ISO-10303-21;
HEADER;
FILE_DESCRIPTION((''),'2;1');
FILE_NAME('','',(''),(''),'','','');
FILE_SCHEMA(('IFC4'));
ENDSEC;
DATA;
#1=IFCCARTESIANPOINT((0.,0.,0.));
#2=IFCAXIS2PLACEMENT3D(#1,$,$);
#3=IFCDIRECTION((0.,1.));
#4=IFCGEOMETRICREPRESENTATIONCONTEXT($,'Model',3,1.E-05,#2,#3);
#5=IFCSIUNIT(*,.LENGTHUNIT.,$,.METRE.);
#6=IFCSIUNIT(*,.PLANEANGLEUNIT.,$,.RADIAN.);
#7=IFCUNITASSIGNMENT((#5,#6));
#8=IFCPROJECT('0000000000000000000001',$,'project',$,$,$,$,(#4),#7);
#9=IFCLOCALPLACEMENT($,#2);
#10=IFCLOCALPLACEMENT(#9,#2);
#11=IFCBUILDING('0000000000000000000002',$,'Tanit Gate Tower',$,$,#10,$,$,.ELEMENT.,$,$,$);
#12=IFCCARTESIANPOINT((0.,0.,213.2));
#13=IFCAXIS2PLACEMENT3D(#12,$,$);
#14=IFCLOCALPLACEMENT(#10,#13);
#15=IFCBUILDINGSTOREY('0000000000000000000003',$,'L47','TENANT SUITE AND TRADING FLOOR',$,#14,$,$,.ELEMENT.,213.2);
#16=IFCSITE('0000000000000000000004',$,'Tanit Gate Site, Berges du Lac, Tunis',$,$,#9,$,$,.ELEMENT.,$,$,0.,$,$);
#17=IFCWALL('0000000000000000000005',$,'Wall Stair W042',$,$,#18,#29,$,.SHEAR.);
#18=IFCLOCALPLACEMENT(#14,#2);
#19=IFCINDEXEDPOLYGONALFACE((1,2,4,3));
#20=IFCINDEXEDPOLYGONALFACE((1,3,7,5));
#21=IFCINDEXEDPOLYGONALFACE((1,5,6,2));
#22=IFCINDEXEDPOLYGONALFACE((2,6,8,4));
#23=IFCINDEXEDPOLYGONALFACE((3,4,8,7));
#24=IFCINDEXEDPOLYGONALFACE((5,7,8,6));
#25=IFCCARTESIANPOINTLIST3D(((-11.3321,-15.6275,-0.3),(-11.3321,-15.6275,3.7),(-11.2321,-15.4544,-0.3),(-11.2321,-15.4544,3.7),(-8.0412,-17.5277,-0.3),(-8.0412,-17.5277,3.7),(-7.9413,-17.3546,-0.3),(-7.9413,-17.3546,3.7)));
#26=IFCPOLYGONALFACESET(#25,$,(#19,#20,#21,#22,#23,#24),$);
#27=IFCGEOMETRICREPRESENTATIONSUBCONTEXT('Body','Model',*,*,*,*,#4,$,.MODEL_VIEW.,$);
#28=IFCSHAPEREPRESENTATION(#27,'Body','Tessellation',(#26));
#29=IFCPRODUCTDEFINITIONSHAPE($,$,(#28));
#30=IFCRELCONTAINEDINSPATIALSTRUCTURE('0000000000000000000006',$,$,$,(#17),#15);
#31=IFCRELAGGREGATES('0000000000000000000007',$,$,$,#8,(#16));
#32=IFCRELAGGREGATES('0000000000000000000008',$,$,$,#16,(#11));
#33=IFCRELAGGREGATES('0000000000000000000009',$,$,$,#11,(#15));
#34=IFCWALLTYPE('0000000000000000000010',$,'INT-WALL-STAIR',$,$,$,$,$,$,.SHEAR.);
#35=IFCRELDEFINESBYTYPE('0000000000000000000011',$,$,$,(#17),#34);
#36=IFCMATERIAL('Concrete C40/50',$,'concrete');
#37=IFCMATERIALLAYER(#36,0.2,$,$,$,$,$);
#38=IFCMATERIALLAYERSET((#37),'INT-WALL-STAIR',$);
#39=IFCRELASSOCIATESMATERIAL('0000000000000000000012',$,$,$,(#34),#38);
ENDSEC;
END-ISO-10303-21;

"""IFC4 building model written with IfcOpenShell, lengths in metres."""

from ifc_helpers import new_model, si_unit, direction, frame, frame_2d, origin, place, context, subcontext, project, spatial, rectangle, extrude, material, layer, layer_set, type_object, element, save


model = new_model("IFC4")

# Units and contexts
model_context = context("Model", 3, precision=1e-05, world=origin(), true_north=direction((0.0, 1.0)))
body_context = subcontext(model_context, "Body", "Model", "MODEL_VIEW")
ifc_project = project(units=[si_unit("LENGTHUNIT", "METRE"), si_unit("PLANEANGLEUNIT", "RADIAN")], contexts=[model_context])

# Site, building, storey
site_placement = place(None, origin())
site = spatial("IfcSite", under=ifc_project, at=site_placement, Name="Tanit Gate Site, Berges du Lac, Tunis", CompositionType="ELEMENT", RefElevation=0.0)
building_placement = place(site_placement, origin())
building = spatial("IfcBuilding", under=site, at=building_placement, Name="Tanit Gate Tower", CompositionType="ELEMENT")
storey_placement = place(building_placement, frame((0.0, 0.0, 213.2)))
storey = spatial("IfcBuildingStorey", under=building, at=storey_placement, Name="L47", Description="TENANT SUITE AND TRADING FLOOR", CompositionType="ELEMENT", Elevation=213.2)

# Wall
ifc_material_1 = material(Name="Concrete C40/50", Category="concrete")
ifc_layer_1 = layer(ifc_material_1, 0.2)
ifc_layer_set_1 = layer_set([ifc_layer_1], Name="INT-WALL-STAIR")
wall_type_1 = type_object("IfcWallType", Name="INT-WALL-STAIR", PredefinedType="SHEAR", material=ifc_layer_set_1)
wall_1_placement = place(storey_placement, frame((-11.282, -15.541, -0.3), z_axis=(0.0, 0.0, 1.0), x_axis=(0.866, -0.500043, 0.0)))
element("IfcWall", 1, at=wall_1_placement, inside=storey, type_object=wall_type_1, Name="Wall Stair W042", PredefinedType="SHEAR", context=body_context, shape_type="SweptSolid", body=[
    extrude(rectangle(XDim=3.8, YDim=0.2, at=frame_2d((1.8999, 0.0))), origin(), (0.0, 0.0, 1.0), 4.0),
])

save(model, "model.ifc")
